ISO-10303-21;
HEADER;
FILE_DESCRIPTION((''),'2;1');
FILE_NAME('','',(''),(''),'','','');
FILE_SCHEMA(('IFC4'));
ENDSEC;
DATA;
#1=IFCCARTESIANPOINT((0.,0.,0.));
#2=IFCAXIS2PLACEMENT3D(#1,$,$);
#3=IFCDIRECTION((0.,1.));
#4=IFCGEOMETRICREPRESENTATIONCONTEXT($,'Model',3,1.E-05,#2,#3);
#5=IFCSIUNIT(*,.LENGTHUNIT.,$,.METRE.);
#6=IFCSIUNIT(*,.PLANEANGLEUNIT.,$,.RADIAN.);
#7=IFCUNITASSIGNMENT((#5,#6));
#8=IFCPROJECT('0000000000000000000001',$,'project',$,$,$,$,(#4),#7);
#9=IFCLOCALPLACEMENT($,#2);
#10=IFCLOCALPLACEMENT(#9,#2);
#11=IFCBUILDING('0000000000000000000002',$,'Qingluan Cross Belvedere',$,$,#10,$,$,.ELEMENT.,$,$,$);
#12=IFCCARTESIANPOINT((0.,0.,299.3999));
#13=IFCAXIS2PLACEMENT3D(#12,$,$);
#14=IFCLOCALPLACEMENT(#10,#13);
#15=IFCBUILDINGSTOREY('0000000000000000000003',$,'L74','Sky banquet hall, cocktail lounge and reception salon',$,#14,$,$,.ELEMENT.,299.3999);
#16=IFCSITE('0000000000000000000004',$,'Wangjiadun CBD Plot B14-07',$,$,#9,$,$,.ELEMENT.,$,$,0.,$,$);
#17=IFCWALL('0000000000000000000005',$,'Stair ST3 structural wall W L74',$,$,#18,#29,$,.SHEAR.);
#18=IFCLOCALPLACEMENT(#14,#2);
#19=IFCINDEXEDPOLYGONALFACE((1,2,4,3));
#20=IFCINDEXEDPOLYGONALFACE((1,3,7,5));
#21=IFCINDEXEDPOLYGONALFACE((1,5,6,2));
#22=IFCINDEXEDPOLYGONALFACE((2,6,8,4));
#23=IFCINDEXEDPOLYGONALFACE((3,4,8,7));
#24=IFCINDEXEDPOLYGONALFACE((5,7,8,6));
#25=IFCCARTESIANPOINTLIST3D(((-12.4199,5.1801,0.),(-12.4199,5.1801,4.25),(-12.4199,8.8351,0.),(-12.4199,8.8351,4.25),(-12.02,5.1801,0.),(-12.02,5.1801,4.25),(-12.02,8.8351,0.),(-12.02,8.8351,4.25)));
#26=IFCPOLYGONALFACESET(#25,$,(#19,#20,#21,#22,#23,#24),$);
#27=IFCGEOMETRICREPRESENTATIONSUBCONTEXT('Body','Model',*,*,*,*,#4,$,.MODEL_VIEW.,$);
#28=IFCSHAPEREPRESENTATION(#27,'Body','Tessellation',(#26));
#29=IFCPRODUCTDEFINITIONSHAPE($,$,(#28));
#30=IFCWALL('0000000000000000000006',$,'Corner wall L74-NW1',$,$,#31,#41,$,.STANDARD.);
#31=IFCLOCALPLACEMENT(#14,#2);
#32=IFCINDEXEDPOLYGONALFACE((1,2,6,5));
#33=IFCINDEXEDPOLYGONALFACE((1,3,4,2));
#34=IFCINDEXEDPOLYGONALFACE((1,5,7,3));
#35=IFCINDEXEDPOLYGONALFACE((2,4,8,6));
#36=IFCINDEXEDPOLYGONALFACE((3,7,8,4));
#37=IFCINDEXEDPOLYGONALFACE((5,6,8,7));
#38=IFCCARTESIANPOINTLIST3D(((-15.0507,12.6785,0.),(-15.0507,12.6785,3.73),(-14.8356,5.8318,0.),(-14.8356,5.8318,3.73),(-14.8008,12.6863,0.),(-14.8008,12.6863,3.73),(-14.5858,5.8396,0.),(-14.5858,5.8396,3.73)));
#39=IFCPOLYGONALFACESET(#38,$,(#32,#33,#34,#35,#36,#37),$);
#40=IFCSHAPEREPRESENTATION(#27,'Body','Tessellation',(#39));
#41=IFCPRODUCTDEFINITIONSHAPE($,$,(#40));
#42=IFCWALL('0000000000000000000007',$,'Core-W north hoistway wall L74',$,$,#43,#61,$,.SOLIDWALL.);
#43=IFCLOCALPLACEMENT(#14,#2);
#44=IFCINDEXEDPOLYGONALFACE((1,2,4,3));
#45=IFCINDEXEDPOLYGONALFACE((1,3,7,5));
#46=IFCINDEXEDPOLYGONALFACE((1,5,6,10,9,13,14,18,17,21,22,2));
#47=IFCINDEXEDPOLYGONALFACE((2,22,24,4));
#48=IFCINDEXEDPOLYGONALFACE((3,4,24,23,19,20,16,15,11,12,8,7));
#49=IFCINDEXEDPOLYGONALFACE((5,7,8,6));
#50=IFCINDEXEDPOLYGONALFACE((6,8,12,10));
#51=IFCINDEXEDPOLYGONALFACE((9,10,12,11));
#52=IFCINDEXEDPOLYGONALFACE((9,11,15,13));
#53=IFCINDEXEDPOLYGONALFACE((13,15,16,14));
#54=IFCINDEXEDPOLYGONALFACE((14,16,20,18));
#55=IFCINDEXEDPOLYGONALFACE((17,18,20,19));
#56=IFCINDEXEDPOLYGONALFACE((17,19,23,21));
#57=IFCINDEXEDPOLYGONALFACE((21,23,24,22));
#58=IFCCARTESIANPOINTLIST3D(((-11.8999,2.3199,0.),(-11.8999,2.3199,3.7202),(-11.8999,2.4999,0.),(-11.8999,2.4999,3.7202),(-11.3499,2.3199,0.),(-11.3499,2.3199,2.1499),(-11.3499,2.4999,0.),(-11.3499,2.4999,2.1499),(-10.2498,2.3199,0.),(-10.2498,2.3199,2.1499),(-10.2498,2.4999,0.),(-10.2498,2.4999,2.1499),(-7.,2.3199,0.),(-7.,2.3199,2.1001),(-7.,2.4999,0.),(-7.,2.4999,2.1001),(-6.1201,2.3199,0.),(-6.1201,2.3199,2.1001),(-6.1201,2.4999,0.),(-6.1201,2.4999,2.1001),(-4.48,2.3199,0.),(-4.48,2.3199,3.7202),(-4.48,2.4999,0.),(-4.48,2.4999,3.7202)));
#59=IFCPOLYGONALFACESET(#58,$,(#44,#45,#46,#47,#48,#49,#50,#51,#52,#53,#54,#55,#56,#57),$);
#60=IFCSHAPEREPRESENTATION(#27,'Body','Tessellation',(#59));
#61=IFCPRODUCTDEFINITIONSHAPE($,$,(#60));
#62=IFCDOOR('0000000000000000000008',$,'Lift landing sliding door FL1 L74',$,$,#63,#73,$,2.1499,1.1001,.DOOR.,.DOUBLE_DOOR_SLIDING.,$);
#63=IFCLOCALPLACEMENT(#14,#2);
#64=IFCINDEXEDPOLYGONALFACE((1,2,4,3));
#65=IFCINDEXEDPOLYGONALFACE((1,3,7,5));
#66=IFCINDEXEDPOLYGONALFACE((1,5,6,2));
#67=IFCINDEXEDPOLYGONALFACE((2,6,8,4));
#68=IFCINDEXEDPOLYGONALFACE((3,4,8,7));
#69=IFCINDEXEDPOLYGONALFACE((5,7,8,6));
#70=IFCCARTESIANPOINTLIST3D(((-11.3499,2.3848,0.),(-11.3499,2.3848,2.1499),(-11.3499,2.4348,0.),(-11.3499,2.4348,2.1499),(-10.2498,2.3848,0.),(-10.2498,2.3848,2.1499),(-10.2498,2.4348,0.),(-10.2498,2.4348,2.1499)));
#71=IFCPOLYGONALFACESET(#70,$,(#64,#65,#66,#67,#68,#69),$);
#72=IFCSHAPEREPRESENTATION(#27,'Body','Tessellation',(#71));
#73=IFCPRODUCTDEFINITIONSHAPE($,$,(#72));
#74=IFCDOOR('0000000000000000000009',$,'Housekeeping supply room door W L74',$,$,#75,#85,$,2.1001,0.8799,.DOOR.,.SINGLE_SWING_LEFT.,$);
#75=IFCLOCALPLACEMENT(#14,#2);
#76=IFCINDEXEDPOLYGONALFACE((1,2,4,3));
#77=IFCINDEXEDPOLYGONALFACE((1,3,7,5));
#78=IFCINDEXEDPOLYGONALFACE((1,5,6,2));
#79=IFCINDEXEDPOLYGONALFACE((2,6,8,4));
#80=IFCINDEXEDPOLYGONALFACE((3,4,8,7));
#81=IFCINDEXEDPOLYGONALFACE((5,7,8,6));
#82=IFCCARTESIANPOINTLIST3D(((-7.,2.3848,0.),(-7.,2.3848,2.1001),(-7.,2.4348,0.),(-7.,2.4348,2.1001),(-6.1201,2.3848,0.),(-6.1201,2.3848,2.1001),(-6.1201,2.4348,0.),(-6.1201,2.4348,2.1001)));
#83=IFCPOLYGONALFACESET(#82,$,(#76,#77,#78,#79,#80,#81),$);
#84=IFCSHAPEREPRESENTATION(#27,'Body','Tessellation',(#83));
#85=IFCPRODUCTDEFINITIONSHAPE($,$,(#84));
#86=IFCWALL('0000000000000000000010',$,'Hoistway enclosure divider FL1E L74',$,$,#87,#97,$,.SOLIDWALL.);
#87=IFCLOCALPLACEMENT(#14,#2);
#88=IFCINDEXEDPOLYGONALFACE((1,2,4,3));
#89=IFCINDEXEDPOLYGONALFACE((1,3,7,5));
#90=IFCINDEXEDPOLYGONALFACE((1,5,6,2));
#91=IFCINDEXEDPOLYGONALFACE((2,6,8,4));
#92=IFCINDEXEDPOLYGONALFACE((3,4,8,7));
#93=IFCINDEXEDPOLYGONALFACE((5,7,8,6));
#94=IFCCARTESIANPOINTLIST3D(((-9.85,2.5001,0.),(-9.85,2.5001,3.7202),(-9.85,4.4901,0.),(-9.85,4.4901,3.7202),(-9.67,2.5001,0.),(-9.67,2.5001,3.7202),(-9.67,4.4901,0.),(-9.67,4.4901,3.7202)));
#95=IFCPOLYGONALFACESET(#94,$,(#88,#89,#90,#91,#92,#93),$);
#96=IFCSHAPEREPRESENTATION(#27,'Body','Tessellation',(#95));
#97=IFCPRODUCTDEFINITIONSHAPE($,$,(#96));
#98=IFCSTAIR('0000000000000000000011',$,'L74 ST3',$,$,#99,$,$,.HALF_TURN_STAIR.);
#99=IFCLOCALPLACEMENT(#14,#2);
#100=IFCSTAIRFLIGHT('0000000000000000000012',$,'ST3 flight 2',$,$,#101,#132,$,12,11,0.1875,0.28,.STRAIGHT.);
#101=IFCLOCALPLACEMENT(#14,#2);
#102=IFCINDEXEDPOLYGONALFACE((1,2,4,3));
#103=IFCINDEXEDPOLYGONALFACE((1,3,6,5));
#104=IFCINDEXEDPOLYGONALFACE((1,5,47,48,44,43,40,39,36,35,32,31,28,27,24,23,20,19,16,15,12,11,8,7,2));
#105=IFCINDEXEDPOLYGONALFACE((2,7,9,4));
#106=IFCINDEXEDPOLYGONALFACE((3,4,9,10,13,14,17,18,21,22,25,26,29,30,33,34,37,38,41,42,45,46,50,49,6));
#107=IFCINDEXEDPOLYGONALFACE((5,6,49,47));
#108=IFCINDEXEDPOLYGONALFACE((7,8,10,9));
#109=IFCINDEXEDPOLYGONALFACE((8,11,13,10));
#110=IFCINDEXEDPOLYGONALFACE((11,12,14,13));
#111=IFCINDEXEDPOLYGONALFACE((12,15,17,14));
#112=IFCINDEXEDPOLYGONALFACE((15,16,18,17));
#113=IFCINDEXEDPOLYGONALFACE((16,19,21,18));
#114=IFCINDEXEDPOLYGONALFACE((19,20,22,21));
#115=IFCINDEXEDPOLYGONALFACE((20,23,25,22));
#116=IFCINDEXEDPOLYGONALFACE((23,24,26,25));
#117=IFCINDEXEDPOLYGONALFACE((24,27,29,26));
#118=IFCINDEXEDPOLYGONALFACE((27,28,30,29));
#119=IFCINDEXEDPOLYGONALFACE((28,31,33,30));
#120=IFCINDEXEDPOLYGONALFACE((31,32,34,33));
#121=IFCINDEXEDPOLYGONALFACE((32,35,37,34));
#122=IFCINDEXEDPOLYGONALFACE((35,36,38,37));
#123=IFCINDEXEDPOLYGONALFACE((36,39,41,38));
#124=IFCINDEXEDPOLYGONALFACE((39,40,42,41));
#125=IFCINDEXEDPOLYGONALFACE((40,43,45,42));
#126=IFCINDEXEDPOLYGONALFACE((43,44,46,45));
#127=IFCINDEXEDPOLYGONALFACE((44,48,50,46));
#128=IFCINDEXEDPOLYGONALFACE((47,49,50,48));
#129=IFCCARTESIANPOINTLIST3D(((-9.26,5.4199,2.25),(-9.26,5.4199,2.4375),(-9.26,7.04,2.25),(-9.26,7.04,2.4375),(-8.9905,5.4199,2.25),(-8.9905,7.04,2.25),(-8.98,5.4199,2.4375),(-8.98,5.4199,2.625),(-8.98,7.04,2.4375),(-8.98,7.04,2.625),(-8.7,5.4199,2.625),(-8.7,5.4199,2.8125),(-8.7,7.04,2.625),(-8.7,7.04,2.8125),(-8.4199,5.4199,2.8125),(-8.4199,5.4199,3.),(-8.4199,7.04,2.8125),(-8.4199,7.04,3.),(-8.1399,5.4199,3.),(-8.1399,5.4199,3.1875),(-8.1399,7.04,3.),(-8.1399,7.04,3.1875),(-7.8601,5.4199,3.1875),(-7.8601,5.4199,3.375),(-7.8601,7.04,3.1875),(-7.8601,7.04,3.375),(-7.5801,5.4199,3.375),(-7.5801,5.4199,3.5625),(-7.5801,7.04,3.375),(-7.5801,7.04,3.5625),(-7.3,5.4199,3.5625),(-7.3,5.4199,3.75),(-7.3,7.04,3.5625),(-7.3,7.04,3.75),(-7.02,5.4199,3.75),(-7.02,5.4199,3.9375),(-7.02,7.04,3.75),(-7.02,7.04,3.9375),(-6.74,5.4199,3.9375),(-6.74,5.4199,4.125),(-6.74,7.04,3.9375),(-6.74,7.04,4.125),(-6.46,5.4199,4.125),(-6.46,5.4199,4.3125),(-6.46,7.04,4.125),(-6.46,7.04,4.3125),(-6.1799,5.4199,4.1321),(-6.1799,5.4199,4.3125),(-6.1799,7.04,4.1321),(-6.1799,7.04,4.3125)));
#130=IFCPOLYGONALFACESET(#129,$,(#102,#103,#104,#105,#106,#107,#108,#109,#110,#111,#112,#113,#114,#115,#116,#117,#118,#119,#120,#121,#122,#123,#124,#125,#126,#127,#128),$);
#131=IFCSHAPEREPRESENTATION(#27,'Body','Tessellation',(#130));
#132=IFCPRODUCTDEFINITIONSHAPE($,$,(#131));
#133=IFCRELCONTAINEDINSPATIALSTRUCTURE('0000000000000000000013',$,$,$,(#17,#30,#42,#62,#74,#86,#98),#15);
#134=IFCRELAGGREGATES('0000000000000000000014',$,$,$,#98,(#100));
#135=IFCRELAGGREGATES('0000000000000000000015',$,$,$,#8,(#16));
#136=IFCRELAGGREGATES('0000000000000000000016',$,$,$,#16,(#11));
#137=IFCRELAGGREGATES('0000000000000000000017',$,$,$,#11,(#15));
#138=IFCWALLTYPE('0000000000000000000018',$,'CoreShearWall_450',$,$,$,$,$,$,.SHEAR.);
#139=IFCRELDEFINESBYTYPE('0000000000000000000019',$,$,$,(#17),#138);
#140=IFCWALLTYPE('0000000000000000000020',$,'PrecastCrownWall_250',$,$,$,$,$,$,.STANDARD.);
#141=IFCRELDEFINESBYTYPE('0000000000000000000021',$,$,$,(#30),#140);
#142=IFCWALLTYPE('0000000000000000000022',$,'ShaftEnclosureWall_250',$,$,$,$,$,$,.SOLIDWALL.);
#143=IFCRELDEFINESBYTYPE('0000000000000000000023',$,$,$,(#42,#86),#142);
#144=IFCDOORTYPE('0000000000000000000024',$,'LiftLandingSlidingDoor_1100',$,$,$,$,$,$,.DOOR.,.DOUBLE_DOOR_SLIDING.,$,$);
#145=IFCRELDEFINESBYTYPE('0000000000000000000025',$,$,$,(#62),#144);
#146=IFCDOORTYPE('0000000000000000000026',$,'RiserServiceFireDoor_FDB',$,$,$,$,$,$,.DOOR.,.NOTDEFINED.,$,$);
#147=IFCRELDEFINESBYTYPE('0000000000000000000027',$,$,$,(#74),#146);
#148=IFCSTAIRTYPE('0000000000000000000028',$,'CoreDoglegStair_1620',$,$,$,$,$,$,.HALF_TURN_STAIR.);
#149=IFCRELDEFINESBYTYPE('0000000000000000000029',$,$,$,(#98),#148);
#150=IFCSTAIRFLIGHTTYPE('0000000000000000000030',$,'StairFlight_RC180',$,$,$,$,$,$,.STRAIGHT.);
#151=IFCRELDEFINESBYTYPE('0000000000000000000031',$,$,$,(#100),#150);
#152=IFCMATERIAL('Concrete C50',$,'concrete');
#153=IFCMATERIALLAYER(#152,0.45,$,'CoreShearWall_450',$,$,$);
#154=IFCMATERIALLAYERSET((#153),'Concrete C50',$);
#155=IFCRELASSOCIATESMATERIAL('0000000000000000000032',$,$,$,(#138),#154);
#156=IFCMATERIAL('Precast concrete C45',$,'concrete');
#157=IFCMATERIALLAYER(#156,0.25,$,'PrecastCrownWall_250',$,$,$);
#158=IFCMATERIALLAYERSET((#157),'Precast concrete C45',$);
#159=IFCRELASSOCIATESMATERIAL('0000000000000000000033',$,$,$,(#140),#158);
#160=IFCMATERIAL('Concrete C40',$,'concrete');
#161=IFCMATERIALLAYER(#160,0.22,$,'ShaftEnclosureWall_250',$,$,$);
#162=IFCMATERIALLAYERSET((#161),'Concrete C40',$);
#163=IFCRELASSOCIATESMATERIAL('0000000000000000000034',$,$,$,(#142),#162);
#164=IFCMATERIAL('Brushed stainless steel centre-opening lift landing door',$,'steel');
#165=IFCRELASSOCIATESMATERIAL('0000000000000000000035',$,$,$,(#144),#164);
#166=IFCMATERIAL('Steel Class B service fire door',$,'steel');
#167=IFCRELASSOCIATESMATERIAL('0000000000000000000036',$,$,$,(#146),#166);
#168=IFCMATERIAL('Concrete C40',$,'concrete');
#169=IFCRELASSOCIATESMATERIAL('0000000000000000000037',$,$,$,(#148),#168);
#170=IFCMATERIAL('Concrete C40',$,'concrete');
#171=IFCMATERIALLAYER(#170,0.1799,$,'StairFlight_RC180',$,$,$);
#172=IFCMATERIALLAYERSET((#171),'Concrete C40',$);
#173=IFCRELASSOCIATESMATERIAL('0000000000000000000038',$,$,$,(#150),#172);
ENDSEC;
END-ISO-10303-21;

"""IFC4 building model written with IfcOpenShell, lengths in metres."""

from ifc_helpers import new_model, si_unit, direction, frame, frame_2d, origin, place, context, subcontext, project, spatial, polyline, rectangle, outline, extrude, material, layer, layer_set, type_object, element, fill, aggregate, save


model = new_model("IFC4")

# Units and contexts
model_context = context("Model", 3, precision=1e-05, world=origin(), true_north=direction((0.0, 1.0)))
body_context = subcontext(model_context, "Body", "Model", "MODEL_VIEW")
ifc_project = project(units=[si_unit("LENGTHUNIT", "METRE"), si_unit("PLANEANGLEUNIT", "RADIAN")], contexts=[model_context])

# Site, building, storey
site_placement = place(None, origin())
site = spatial("IfcSite", under=ifc_project, at=site_placement, Name="Wangjiadun CBD Plot B14-07", CompositionType="ELEMENT", RefElevation=0.0)
building_placement = place(site_placement, origin())
building = spatial("IfcBuilding", under=site, at=building_placement, Name="Qingluan Cross Belvedere", CompositionType="ELEMENT")
storey_placement = place(building_placement, frame((0.0, 0.0, 299.3999)))
storey = spatial("IfcBuildingStorey", under=building, at=storey_placement, Name="L74", Description="Sky banquet hall, cocktail lounge and reception salon", CompositionType="ELEMENT", Elevation=299.3999)

# Wall
ifc_material_1 = material(Name="Concrete C50", Category="concrete")
ifc_layer_1 = layer(ifc_material_1, 0.45, Name="CoreShearWall_450")
ifc_layer_set_1 = layer_set([ifc_layer_1], Name="Concrete C50")
wall_type_1 = type_object("IfcWallType", Name="CoreShearWall_450", PredefinedType="SHEAR", material=ifc_layer_set_1)
wall_1_placement = place(storey_placement, frame((-12.22, 5.1799, 0.0), z_axis=(0.0, 0.0, 1.0), x_axis=(0.0, 1.0, 0.0)))
element("IfcWall", 1, at=wall_1_placement, inside=storey, type_object=wall_type_1, Name="Stair ST3 structural wall W L74", PredefinedType="SHEAR", context=body_context, shape_type="SweptSolid", body=[
    extrude(rectangle(XDim=3.655, YDim=0.3999, at=frame_2d((1.8276, 0.0))), origin(), (0.0, 0.0, 1.0), 4.25),
])

# Wall
ifc_material_2 = material(Name="Precast concrete C45", Category="concrete")
ifc_layer_2 = layer(ifc_material_2, 0.25, Name="PrecastCrownWall_250")
ifc_layer_set_2 = layer_set([ifc_layer_2], Name="Precast concrete C45")
wall_type_2 = type_object("IfcWallType", Name="PrecastCrownWall_250", PredefinedType="STANDARD", material=ifc_layer_set_2)
wall_2_placement = place(storey_placement, frame((-14.7107, 5.8357, 0.0), z_axis=(0.0, 0.0, 1.0), x_axis=(-0.031399, 0.999507, 0.0)))
element("IfcWall", 2, at=wall_2_placement, inside=storey, type_object=wall_type_2, Name="Corner wall L74-NW1", PredefinedType="STANDARD", context=body_context, shape_type="SweptSolid", body=[
    extrude(rectangle(XDim=6.8501, YDim=0.25, at=frame_2d((3.425, 0.0))), origin(), (0.0, 0.0, 1.0), 3.73),
])

# Wall, openings, doors
ifc_material_3 = material(Name="Concrete C40", Category="concrete")
ifc_layer_3 = layer(ifc_material_3, 0.22, Name="ShaftEnclosureWall_250")
ifc_layer_set_3 = layer_set([ifc_layer_3], Name="Concrete C40")
wall_type_3 = type_object("IfcWallType", Name="ShaftEnclosureWall_250", PredefinedType="SOLIDWALL", material=ifc_layer_set_3)
wall_3_placement = place(storey_placement, frame((-11.8999, 2.4099, 0.0), z_axis=(0.0, 0.0, 1.0), x_axis=(1.0, 0.0, 0.0)))
wall_3 = element("IfcWall", 3, at=wall_3_placement, inside=storey, type_object=wall_type_3, Name="Core-W north hoistway wall L74", PredefinedType="SOLIDWALL", context=body_context, shape_type="SweptSolid", body=[
    extrude(rectangle(XDim=7.4199, YDim=0.1799, at=frame_2d((3.71, 0.0))), origin(), (0.0, 0.0, 1.0), 3.7202),
])
opening_1_placement = place(wall_3_placement, frame((0.55, 0.0, 0.0)))
opening_1 = element("IfcOpeningElement", 4, at=opening_1_placement, cuts=wall_3, PredefinedType="OPENING", context=body_context, shape_type="SweptSolid", body=[
    extrude(rectangle(XDim=1.1001, YDim=2.1499, at=frame_2d((0.55, 1.075))), frame((0.0, 0.0999, 0.0), z_axis=(0.0, -1.0, 0.0), x_axis=(1.0, 0.0, 0.0)), (0.0, 0.0, 1.0), 0.2),
])
opening_2_placement = place(wall_3_placement, frame((4.8999, 0.0, 0.0)))
opening_2 = element("IfcOpeningElement", 5, at=opening_2_placement, cuts=wall_3, PredefinedType="OPENING", context=body_context, shape_type="SweptSolid", body=[
    extrude(rectangle(XDim=0.8799, YDim=2.1001, at=frame_2d((0.4399, 1.05))), frame((0.0, 0.0999, 0.0), z_axis=(0.0, -1.0, 0.0), x_axis=(1.0, 0.0, 0.0)), (0.0, 0.0, 1.0), 0.2),
])
ifc_material_4 = material(Name="Brushed stainless steel centre-opening lift landing door", Category="steel")
door_type_1 = type_object("IfcDoorType", Name="LiftLandingSlidingDoor_1100", OperationType="DOUBLE_DOOR_SLIDING", PredefinedType="DOOR", material=ifc_material_4)
door_1_placement = place(opening_1_placement, origin())
door_1 = element("IfcDoor", 6, at=door_1_placement, inside=storey, type_object=door_type_1, Name="Lift landing sliding door FL1 L74", OperationType="DOUBLE_DOOR_SLIDING", OverallHeight=2.1499, OverallWidth=1.1001, PredefinedType="DOOR", context=body_context, shape_type="SweptSolid", body=[
    extrude(rectangle(XDim=1.1001, YDim=2.1499, at=frame_2d((0.55, 1.075))), frame((0.0, 0.0249, 0.0), z_axis=(0.0, -1.0, 0.0), x_axis=(1.0, 0.0, 0.0)), (0.0, 0.0, 1.0), 0.05),
])
fill(opening_1, door_1)
ifc_material_5 = material(Name="Steel Class B service fire door", Category="steel")
door_type_2 = type_object("IfcDoorType", Name="RiserServiceFireDoor_FDB", OperationType="NOTDEFINED", PredefinedType="DOOR", material=ifc_material_5)
door_2_placement = place(opening_2_placement, origin())
door_2 = element("IfcDoor", 7, at=door_2_placement, inside=storey, type_object=door_type_2, Name="Housekeeping supply room door W L74", OperationType="SINGLE_SWING_LEFT", OverallHeight=2.1001, OverallWidth=0.8799, PredefinedType="DOOR", context=body_context, shape_type="SweptSolid", body=[
    extrude(rectangle(XDim=0.8799, YDim=2.1001, at=frame_2d((0.4399, 1.05))), frame((0.0, 0.0249, 0.0), z_axis=(0.0, -1.0, 0.0), x_axis=(1.0, 0.0, 0.0)), (0.0, 0.0, 1.0), 0.05),
])
fill(opening_2, door_2)

# Wall
wall_4_placement = place(storey_placement, frame((-9.76, 2.5, 0.0), z_axis=(0.0, 0.0, 1.0), x_axis=(0.0, 1.0, 0.0)))
element("IfcWall", 8, at=wall_4_placement, inside=storey, type_object=wall_type_3, Name="Hoistway enclosure divider FL1E L74", PredefinedType="SOLIDWALL", context=body_context, shape_type="SweptSolid", body=[
    extrude(rectangle(XDim=1.99, YDim=0.1799, at=frame_2d((0.9951, 0.0))), origin(), (0.0, 0.0, 1.0), 3.7202),
])

# Stair, stair flight
ifc_material_6 = material(Name="Concrete C40", Category="concrete")
stair_type = type_object("IfcStairType", Name="CoreDoglegStair_1620", PredefinedType="HALF_TURN_STAIR", material=ifc_material_6)
stair_placement = place(storey_placement, origin())
stair = element("IfcStair", 9, at=stair_placement, inside=storey, type_object=stair_type, Name="L74 ST3", PredefinedType="HALF_TURN_STAIR")
ifc_material_7 = material(Name="Concrete C40", Category="concrete")
ifc_layer_4 = layer(ifc_material_7, 0.1799, Name="StairFlight_RC180")
ifc_layer_set_4 = layer_set([ifc_layer_4], Name="Concrete C40")
stair_flight_type = type_object("IfcStairFlightType", Name="StairFlight_RC180", PredefinedType="STRAIGHT", material=ifc_layer_set_4)
stair_flight_placement = place(storey_placement, frame((-9.26, 6.23, 2.25), z_axis=(0.0, 0.0, 1.0), x_axis=(1.0, 0.0, 0.0)))
stair_flight = element("IfcStairFlight", 10, at=stair_flight_placement, type_object=stair_flight_type, Name="ST3 flight 2", NumberOfRisers=12, NumberOfTreads=11, PredefinedType="STRAIGHT", RiserHeight=0.1875, TreadLength=0.28, context=body_context, shape_type="SweptSolid", body=[
    extrude(outline(polyline([(0.0, 0.0), (0.0, 0.1875), (0.28, 0.1875), (0.28, 0.375), (0.5601, 0.375), (0.5601, 0.5625), (0.8401, 0.5625), (0.8401, 0.75), (1.1201, 0.75), (1.1201, 0.9375), (1.3999, 0.9375), (1.3999, 1.125), (1.6799, 1.125), (1.6799, 1.3125), (1.96, 1.3125), (1.96, 1.5), (2.24, 1.5), (2.24, 1.6875), (2.52, 1.6875), (2.52, 1.875), (2.8, 1.875), (2.8, 2.0625), (3.0801, 2.0625), (3.0801, 2.25), (3.0801, 1.8821), (0.2695, 0.0), (0.0, 0.0)])), frame((0.0, 0.8101, 0.0), z_axis=(0.0, -1.0, 0.0), x_axis=(1.0, 0.0, 0.0)), (0.0, 0.0, 1.0), 1.6201),
])
aggregate(stair, [stair_flight])

save(model, "model.ifc")
